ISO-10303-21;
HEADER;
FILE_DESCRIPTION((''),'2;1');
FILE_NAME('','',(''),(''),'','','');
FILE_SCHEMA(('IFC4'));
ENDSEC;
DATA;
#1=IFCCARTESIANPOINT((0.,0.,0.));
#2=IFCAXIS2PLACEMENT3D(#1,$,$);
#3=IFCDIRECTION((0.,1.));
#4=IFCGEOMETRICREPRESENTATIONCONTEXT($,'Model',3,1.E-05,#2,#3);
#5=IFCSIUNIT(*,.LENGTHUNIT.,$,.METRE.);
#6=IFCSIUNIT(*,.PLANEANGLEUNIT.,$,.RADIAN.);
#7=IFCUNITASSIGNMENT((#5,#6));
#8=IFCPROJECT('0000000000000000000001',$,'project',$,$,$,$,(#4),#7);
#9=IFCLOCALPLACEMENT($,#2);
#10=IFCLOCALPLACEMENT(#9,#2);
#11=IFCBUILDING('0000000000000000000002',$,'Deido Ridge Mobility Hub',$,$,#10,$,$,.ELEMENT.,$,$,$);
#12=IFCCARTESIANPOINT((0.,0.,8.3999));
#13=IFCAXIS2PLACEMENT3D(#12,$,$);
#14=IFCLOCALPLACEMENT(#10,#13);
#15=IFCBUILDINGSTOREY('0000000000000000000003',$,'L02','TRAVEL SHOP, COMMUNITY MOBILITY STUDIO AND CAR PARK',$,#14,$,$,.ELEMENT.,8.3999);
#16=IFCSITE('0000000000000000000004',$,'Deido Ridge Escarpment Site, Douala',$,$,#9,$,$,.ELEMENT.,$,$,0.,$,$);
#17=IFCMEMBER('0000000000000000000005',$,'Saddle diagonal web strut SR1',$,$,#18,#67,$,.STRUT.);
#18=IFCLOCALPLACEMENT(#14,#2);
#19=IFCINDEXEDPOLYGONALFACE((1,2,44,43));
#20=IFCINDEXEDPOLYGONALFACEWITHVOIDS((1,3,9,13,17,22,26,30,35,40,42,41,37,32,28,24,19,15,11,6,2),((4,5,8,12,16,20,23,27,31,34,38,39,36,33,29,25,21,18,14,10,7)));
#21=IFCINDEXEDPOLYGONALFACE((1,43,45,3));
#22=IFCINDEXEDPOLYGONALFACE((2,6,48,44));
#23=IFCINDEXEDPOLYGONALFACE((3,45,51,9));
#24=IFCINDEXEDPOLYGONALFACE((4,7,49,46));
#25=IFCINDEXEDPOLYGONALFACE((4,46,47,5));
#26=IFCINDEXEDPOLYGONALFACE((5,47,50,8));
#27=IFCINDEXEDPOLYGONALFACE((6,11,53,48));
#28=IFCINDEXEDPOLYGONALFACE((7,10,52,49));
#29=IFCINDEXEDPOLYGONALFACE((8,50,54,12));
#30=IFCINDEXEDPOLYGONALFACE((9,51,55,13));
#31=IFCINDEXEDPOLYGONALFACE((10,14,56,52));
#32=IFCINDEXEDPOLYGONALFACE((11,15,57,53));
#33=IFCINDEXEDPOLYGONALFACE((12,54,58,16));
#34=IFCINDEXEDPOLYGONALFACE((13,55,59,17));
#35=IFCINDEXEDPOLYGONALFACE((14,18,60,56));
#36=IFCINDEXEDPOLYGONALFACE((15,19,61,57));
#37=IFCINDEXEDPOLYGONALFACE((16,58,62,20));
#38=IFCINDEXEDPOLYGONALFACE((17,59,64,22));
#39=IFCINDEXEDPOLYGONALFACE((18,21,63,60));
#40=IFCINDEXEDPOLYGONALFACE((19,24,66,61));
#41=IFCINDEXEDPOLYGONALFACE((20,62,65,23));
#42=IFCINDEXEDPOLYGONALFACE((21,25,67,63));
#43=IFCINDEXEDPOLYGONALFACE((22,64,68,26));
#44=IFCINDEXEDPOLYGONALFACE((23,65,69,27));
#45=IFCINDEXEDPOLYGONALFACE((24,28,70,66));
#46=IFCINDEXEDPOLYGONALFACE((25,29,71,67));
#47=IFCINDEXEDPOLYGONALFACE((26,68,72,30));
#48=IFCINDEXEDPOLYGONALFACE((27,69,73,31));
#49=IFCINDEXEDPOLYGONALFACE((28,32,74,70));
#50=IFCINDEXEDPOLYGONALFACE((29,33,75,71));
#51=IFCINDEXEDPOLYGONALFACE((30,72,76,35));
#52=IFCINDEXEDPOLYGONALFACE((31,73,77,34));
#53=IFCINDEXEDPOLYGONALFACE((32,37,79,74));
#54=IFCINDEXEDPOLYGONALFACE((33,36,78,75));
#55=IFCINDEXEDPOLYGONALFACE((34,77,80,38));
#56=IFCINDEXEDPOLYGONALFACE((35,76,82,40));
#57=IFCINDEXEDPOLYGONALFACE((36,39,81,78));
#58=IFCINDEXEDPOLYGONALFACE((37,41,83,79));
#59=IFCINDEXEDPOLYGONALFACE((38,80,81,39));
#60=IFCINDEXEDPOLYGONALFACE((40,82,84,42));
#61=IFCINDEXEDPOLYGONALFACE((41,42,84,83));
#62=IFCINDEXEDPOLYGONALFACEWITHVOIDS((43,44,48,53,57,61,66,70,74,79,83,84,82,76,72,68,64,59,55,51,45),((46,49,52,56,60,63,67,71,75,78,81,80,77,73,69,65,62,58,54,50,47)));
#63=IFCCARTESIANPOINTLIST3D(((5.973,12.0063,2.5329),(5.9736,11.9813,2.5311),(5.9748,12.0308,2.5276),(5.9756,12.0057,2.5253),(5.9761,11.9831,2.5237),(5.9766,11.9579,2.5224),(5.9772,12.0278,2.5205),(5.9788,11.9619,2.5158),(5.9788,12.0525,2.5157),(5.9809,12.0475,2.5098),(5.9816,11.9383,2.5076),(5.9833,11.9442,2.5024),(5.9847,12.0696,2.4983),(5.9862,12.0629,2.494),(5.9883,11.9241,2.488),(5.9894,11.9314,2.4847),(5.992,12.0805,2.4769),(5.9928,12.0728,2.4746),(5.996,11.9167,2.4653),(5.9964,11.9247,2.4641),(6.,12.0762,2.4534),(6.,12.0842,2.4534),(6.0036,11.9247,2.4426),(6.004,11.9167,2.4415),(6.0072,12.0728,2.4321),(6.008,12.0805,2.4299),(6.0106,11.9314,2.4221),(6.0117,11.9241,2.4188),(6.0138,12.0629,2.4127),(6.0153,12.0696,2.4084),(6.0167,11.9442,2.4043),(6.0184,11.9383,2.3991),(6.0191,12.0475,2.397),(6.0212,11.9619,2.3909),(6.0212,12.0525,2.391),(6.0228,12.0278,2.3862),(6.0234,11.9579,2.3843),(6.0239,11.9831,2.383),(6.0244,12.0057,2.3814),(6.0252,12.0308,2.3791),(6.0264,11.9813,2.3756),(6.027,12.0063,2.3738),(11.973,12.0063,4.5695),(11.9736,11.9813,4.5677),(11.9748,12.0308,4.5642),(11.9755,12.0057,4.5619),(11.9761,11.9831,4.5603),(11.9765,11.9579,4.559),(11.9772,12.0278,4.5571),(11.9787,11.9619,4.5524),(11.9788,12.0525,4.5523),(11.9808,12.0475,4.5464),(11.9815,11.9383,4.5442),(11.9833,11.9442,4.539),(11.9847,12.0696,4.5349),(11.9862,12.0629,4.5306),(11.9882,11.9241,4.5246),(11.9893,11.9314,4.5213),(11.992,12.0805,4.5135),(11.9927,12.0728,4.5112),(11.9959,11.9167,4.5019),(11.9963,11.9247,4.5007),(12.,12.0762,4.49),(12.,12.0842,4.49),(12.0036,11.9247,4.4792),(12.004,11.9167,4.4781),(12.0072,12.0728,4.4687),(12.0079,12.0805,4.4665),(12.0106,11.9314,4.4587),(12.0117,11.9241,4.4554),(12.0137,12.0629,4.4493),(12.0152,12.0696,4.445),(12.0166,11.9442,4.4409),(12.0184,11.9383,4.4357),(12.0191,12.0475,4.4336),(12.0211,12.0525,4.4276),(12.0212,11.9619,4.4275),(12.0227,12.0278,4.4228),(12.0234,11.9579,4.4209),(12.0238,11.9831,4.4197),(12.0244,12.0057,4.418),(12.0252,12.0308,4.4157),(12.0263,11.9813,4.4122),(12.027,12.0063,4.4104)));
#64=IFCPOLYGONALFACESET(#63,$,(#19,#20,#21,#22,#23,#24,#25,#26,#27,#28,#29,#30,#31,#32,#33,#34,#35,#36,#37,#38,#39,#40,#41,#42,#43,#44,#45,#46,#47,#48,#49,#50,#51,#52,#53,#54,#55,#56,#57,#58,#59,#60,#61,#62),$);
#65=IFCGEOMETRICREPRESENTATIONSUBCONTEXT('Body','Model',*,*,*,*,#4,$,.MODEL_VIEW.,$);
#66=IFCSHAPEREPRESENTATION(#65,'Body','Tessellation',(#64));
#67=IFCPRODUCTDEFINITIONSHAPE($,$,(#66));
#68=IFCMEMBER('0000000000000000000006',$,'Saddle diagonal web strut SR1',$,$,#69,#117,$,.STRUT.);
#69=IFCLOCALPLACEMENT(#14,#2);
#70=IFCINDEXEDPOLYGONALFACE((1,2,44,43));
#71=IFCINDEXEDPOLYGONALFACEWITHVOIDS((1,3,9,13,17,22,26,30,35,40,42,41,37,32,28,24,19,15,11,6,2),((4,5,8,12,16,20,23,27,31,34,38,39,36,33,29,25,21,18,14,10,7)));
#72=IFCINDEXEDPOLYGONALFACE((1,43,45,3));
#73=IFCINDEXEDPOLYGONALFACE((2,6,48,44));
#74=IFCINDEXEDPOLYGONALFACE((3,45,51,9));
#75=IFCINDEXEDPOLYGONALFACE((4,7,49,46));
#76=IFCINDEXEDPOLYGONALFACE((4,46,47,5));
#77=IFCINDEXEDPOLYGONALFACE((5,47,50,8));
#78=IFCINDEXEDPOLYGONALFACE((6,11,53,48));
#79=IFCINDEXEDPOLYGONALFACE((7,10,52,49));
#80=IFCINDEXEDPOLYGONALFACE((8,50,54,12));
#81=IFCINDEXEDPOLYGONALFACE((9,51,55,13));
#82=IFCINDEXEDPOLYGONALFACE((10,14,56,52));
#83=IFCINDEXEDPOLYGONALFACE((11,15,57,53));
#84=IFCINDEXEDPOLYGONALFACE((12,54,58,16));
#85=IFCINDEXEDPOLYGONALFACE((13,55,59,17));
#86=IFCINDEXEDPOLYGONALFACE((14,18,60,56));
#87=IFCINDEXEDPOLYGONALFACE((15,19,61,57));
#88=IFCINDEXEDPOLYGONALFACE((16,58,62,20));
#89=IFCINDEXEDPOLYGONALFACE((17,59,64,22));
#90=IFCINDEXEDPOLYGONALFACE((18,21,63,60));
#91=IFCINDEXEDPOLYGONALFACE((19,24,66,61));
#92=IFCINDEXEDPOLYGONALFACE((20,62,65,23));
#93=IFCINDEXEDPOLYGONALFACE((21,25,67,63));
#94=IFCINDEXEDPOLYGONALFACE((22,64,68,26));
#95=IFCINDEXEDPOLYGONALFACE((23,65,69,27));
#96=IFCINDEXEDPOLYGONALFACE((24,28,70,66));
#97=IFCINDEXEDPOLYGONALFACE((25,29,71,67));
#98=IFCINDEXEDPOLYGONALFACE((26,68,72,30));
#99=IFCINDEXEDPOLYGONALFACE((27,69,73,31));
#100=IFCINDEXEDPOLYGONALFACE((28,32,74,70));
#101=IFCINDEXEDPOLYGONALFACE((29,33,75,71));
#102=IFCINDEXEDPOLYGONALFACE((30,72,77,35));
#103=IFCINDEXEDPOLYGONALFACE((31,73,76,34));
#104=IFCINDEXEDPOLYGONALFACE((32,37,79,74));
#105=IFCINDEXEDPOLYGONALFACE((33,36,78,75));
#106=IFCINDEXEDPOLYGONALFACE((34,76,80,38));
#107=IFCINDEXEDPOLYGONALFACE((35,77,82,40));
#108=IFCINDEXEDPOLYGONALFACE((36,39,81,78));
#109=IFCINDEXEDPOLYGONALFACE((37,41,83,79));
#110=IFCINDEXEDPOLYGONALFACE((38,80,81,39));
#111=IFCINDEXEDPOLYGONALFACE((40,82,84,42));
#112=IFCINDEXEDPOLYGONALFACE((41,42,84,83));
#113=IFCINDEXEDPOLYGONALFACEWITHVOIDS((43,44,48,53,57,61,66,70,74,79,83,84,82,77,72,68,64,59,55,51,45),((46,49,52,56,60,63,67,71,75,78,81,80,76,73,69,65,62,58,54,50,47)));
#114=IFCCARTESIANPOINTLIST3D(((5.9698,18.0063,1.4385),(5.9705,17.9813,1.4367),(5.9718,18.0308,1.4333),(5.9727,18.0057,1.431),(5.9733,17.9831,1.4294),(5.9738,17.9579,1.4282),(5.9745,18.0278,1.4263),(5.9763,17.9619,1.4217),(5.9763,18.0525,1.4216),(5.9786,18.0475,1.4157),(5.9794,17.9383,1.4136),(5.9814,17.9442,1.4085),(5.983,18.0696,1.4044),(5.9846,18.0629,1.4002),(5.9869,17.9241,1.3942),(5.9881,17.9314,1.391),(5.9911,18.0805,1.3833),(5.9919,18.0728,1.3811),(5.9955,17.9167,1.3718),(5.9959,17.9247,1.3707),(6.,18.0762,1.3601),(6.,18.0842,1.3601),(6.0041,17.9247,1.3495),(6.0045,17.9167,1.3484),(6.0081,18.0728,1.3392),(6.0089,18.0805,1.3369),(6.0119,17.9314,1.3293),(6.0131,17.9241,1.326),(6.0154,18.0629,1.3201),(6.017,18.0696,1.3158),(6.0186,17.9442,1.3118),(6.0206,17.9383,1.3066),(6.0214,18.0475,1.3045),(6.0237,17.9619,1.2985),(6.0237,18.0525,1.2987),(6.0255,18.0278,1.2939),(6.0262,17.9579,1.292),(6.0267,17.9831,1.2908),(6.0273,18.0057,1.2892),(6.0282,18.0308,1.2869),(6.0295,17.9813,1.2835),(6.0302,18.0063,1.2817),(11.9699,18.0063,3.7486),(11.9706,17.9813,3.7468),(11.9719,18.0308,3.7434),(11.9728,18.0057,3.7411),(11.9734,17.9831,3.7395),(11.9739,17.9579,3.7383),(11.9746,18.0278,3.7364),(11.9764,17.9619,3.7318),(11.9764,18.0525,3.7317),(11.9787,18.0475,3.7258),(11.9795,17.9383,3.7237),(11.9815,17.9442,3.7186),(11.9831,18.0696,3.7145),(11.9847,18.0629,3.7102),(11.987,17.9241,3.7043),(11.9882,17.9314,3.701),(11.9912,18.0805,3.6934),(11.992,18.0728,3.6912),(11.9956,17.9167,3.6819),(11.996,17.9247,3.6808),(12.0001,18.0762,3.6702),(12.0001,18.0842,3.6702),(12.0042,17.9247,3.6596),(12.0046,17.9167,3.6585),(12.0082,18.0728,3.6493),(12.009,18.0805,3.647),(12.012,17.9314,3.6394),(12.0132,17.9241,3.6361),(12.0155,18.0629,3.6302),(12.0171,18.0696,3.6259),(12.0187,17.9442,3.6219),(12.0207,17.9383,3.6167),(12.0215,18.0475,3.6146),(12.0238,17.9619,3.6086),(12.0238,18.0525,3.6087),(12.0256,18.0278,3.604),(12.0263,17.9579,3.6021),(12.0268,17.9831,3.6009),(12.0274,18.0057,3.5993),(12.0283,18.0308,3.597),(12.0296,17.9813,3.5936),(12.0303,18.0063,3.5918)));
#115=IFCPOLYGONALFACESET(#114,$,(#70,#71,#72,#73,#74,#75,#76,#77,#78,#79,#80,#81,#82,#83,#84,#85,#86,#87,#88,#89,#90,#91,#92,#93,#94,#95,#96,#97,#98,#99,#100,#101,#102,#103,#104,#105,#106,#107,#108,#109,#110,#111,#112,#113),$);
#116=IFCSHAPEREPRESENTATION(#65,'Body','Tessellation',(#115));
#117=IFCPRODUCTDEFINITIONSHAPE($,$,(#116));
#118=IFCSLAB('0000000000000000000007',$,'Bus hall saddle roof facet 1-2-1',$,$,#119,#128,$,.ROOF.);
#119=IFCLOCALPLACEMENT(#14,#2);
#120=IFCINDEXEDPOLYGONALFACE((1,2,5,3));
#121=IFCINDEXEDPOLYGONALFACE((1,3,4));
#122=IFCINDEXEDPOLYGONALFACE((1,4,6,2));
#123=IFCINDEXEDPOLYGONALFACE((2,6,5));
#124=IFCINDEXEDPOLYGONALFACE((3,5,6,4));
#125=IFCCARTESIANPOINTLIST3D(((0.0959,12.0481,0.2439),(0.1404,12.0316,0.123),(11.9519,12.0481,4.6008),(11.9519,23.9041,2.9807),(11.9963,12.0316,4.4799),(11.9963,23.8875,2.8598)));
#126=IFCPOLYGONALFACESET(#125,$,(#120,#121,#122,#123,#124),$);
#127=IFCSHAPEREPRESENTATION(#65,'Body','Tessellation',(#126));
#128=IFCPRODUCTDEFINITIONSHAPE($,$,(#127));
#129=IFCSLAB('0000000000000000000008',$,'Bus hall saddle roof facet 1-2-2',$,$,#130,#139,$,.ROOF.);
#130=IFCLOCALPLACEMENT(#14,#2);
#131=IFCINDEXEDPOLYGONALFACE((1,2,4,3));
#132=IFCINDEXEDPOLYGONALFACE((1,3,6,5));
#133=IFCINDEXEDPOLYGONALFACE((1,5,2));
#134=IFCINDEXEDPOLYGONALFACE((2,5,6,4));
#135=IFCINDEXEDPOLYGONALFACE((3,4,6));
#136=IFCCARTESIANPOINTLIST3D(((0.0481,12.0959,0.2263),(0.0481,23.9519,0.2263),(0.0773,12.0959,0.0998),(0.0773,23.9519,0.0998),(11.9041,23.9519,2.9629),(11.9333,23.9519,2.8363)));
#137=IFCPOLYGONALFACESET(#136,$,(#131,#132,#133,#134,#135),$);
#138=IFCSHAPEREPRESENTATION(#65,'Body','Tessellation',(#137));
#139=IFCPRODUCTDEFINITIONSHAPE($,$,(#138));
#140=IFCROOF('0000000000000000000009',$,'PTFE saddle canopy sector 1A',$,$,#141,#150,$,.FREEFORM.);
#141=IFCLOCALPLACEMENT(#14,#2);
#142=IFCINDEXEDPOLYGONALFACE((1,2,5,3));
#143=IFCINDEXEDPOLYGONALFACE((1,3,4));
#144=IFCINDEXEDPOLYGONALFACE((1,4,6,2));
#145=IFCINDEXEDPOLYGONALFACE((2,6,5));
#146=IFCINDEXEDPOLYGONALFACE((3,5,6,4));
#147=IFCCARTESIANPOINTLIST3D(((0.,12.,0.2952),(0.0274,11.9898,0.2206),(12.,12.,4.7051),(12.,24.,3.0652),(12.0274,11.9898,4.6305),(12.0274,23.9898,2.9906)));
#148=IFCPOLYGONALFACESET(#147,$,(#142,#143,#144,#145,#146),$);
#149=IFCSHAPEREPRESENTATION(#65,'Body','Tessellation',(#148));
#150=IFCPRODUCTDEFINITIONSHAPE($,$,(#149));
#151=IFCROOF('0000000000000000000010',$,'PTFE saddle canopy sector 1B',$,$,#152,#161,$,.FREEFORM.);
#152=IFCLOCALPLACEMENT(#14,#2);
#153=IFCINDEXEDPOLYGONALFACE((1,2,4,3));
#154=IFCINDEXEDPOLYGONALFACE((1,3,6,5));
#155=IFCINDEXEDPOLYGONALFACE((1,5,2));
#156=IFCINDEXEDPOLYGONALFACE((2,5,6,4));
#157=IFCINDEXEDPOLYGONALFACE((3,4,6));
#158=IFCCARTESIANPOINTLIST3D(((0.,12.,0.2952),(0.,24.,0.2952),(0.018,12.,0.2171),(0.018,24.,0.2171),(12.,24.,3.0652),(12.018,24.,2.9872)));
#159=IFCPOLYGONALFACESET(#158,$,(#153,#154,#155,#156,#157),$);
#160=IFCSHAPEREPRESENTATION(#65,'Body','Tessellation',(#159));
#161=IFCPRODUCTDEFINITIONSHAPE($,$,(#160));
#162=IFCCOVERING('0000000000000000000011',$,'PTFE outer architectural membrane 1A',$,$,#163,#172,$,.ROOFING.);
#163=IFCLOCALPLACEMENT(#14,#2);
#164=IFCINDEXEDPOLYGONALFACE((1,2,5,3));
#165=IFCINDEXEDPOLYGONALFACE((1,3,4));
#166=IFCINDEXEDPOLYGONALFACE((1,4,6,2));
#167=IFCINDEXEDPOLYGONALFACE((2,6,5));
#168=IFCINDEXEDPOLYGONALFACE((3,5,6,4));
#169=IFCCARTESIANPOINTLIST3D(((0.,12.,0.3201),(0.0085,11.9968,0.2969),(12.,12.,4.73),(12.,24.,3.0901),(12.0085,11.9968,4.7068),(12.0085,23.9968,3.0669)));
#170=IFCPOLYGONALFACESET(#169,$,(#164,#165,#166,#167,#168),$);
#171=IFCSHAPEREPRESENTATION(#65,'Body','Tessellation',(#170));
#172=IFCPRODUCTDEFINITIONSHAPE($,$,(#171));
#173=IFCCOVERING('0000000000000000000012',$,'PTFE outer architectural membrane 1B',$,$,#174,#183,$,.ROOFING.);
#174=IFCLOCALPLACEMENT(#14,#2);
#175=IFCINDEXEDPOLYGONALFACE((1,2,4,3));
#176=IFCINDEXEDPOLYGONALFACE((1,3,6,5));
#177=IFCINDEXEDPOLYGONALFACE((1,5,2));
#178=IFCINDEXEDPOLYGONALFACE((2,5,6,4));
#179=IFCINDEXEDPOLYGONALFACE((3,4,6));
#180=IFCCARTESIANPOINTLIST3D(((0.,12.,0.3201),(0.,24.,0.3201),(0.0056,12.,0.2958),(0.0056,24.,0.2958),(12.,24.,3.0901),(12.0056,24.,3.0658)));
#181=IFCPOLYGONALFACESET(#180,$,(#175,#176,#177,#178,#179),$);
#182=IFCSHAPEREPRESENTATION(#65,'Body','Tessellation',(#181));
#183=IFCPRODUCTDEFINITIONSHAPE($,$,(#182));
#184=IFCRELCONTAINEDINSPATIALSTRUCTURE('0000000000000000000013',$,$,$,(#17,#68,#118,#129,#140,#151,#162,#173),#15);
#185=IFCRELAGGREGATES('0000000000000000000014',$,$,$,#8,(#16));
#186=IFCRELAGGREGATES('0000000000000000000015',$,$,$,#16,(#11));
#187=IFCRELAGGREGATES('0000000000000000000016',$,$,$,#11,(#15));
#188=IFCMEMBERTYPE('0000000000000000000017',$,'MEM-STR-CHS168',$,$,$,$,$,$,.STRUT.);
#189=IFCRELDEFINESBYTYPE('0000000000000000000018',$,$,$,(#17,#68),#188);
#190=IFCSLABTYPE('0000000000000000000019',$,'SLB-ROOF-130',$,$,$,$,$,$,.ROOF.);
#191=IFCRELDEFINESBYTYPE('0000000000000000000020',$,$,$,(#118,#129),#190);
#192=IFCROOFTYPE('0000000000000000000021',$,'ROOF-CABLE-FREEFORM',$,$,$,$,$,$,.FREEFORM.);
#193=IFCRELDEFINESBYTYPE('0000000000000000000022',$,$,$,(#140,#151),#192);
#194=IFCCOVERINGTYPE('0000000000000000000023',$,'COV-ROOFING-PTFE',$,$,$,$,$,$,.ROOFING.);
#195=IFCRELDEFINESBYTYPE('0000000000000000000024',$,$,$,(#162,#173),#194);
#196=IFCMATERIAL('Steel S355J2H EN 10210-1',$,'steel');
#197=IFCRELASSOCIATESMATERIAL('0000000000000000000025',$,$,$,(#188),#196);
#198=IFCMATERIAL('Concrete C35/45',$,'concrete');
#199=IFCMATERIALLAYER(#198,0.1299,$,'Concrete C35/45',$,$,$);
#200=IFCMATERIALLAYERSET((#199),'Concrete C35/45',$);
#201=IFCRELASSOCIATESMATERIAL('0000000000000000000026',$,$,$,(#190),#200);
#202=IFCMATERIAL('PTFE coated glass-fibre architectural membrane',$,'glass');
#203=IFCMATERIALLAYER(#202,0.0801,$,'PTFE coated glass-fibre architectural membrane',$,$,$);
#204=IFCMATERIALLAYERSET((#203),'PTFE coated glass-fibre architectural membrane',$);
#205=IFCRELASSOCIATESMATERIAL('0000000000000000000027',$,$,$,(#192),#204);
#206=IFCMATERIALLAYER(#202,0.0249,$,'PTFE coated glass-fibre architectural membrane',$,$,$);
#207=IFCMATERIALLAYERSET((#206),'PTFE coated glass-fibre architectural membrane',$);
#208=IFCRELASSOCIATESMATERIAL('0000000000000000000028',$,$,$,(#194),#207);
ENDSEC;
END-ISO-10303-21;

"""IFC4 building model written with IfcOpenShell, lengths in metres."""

from ifc_helpers import new_model, si_unit, direction, frame, origin, origin_2d, place, context, subcontext, project, spatial, polyline, hollow_circle, outline, extrude, material, layer, layer_set, material_profile, profile_set, type_object, element, save


model = new_model("IFC4")

# Units and contexts
model_context = context("Model", 3, precision=1e-05, world=origin(), true_north=direction((0.0, 1.0)))
body_context = subcontext(model_context, "Body", "Model", "MODEL_VIEW")
ifc_project = project(units=[si_unit("LENGTHUNIT", "METRE"), si_unit("PLANEANGLEUNIT", "RADIAN")], contexts=[model_context])

# Site, building, storey
site_placement = place(None, origin())
site = spatial("IfcSite", under=ifc_project, at=site_placement, Name="Deido Ridge Escarpment Site, Douala", CompositionType="ELEMENT", RefElevation=0.0)
building_placement = place(site_placement, origin())
building = spatial("IfcBuilding", under=site, at=building_placement, Name="Deido Ridge Mobility Hub", CompositionType="ELEMENT")
storey_placement = place(building_placement, frame((0.0, 0.0, 8.3999)))
storey = spatial("IfcBuildingStorey", under=building, at=storey_placement, Name="L02", Description="TRAVEL SHOP, COMMUNITY MOBILITY STUDIO AND CAR PARK", CompositionType="ELEMENT", Elevation=8.3999)

# Members
ifc_material_1 = material(Name="Steel S355J2H EN 10210-1", Category="steel")
ifc_material_profile_1 = material_profile(ifc_material_1, hollow_circle(Radius=0.0842, WallThickness=0.0081, at=origin_2d()), Name="CHS 168.3x8")
ifc_profile_set_1 = profile_set([ifc_material_profile_1], Name="Steel S355J2H EN 10210-1")
member_type_1 = type_object("IfcMemberType", Name="MEM-STR-CHS168", PredefinedType="STRUT", material=ifc_profile_set_1)
member_1_placement = place(storey_placement, frame((6.0, 12.0, 2.4534), z_axis=(0.946935, 0.0, 0.321425), x_axis=(0.0, 1.0, 0.0)))
element("IfcMember", 1, at=member_1_placement, inside=storey, type_object=member_type_1, Name="Saddle diagonal web strut SR1", PredefinedType="STRUT", context=body_context, shape_type="SweptSolid", body=[
    extrude(hollow_circle(Radius=0.0842, WallThickness=0.0081, at=origin_2d()), origin(), (0.0, 0.0, 1.0), 6.3362),
])
member_2_placement = place(storey_placement, frame((6.0, 18.0, 1.3601), z_axis=(0.933222, 0.0, 0.3593), x_axis=(0.0, 1.0, 0.0)))
element("IfcMember", 2, at=member_2_placement, inside=storey, type_object=member_type_1, Name="Saddle diagonal web strut SR1", PredefinedType="STRUT", context=body_context, shape_type="SweptSolid", body=[
    extrude(hollow_circle(Radius=0.0842, WallThickness=0.0081, at=origin_2d()), origin(), (0.0, 0.0, 1.0), 6.4294),
])

# Slabs
ifc_material_2 = material(Name="Concrete C35/45", Category="concrete")
ifc_layer_1 = layer(ifc_material_2, 0.1299, Name="Concrete C35/45")
ifc_layer_set_1 = layer_set([ifc_layer_1], Name="Concrete C35/45")
slab_type = type_object("IfcSlabType", Name="SLB-ROOF-130", PredefinedType="ROOF", material=ifc_layer_set_1)
slab_1_placement = place(storey_placement, frame((0.0959, 12.0481, 0.2439), z_axis=(-0.342132, 0.127221, 0.931), x_axis=(0.938627, 0.0, 0.344935)))
element("IfcSlab", 3, at=slab_1_placement, inside=storey, type_object=slab_type, Name="Bus hall saddle roof facet 1-2-1", PredefinedType="ROOF", context=body_context, shape_type="SweptSolid", body=[
    extrude(outline(polyline([(0.0, 0.0), (12.6312, 0.0), (12.0723, 11.9531), (0.0, 0.0)])), origin(), (0.0, 0.0, -1.0), 0.1299),
])
slab_2_placement = place(storey_placement, frame((0.0481, 12.0959, 0.2263), z_axis=(-0.224905, 0.0, 0.974381), x_axis=(0.697873, 0.697873, 0.161082)))
element("IfcSlab", 4, at=slab_2_placement, inside=storey, type_object=slab_type, Name="Bus hall saddle roof facet 1-2-2", PredefinedType="ROOF", context=body_context, shape_type="SweptSolid", body=[
    extrude(outline(polyline([(0.0, 0.0), (16.9887, 0.0), (8.2739, 8.4915), (0.0, 0.0)])), origin(), (0.0, 0.0, -1.0), 0.1299),
])

# Roofs
ifc_material_3 = material(Name="PTFE coated glass-fibre architectural membrane", Category="glass")
ifc_layer_2 = layer(ifc_material_3, 0.0801, Name="PTFE coated glass-fibre architectural membrane")
ifc_layer_set_2 = layer_set([ifc_layer_2], Name="PTFE coated glass-fibre architectural membrane")
roof_type = type_object("IfcRoofType", Name="ROOF-CABLE-FREEFORM", PredefinedType="FREEFORM", material=ifc_layer_set_2)
roof_1_placement = place(storey_placement, frame((0.0, 12.0, 0.2952), z_axis=(-0.342135, 0.127228, 0.930998), x_axis=(0.938625, 0.0, 0.344938)))
element("IfcRoof", 5, at=roof_1_placement, inside=storey, type_object=roof_type, Name="PTFE saddle canopy sector 1A", PredefinedType="FREEFORM", context=body_context, shape_type="SweptSolid", body=[
    extrude(outline(polyline([(0.0, 0.0), (12.7847, 0.0), (12.219, 12.0983), (0.0, 0.0)])), origin(), (0.0, 0.0, -1.0), 0.0801),
])
roof_2_placement = place(storey_placement, frame((0.0, 12.0, 0.2952), z_axis=(-0.22492, 0.0, 0.974377), x_axis=(0.697871, 0.697871, 0.161093)))
element("IfcRoof", 6, at=roof_2_placement, inside=storey, type_object=roof_type, Name="PTFE saddle canopy sector 1B", PredefinedType="FREEFORM", context=body_context, shape_type="SweptSolid", body=[
    extrude(outline(polyline([(0.0, 0.0), (17.1951, 0.0), (8.3745, 8.5947), (0.0, 0.0)])), origin(), (0.0, 0.0, -1.0), 0.0801),
])

# Coverings
ifc_layer_3 = layer(ifc_material_3, 0.0249, Name="PTFE coated glass-fibre architectural membrane")
ifc_layer_set_3 = layer_set([ifc_layer_3], Name="PTFE coated glass-fibre architectural membrane")
covering_type = type_object("IfcCoveringType", Name="COV-ROOFING-PTFE", PredefinedType="ROOFING", material=ifc_layer_set_3)
covering_1_placement = place(storey_placement, frame((0.0, 12.0, 0.3201), z_axis=(-0.342135, 0.127228, 0.930998), x_axis=(0.938625, 0.0, 0.344938)))
element("IfcCovering", 7, at=covering_1_placement, inside=storey, type_object=covering_type, Name="PTFE outer architectural membrane 1A", PredefinedType="ROOFING", context=body_context, shape_type="SweptSolid", body=[
    extrude(outline(polyline([(0.0, 0.0), (12.7847, 0.0), (12.219, 12.0983), (0.0, 0.0)])), origin(), (0.0, 0.0, -1.0), 0.0249),
])
covering_2_placement = place(storey_placement, frame((0.0, 12.0, 0.3201), z_axis=(-0.22492, 0.0, 0.974377), x_axis=(0.697871, 0.697871, 0.161093)))
element("IfcCovering", 8, at=covering_2_placement, inside=storey, type_object=covering_type, Name="PTFE outer architectural membrane 1B", PredefinedType="ROOFING", context=body_context, shape_type="SweptSolid", body=[
    extrude(outline(polyline([(0.0, 0.0), (17.1951, 0.0), (8.3745, 8.5947), (0.0, 0.0)])), origin(), (0.0, 0.0, -1.0), 0.0249),
])

save(model, "model.ifc")
